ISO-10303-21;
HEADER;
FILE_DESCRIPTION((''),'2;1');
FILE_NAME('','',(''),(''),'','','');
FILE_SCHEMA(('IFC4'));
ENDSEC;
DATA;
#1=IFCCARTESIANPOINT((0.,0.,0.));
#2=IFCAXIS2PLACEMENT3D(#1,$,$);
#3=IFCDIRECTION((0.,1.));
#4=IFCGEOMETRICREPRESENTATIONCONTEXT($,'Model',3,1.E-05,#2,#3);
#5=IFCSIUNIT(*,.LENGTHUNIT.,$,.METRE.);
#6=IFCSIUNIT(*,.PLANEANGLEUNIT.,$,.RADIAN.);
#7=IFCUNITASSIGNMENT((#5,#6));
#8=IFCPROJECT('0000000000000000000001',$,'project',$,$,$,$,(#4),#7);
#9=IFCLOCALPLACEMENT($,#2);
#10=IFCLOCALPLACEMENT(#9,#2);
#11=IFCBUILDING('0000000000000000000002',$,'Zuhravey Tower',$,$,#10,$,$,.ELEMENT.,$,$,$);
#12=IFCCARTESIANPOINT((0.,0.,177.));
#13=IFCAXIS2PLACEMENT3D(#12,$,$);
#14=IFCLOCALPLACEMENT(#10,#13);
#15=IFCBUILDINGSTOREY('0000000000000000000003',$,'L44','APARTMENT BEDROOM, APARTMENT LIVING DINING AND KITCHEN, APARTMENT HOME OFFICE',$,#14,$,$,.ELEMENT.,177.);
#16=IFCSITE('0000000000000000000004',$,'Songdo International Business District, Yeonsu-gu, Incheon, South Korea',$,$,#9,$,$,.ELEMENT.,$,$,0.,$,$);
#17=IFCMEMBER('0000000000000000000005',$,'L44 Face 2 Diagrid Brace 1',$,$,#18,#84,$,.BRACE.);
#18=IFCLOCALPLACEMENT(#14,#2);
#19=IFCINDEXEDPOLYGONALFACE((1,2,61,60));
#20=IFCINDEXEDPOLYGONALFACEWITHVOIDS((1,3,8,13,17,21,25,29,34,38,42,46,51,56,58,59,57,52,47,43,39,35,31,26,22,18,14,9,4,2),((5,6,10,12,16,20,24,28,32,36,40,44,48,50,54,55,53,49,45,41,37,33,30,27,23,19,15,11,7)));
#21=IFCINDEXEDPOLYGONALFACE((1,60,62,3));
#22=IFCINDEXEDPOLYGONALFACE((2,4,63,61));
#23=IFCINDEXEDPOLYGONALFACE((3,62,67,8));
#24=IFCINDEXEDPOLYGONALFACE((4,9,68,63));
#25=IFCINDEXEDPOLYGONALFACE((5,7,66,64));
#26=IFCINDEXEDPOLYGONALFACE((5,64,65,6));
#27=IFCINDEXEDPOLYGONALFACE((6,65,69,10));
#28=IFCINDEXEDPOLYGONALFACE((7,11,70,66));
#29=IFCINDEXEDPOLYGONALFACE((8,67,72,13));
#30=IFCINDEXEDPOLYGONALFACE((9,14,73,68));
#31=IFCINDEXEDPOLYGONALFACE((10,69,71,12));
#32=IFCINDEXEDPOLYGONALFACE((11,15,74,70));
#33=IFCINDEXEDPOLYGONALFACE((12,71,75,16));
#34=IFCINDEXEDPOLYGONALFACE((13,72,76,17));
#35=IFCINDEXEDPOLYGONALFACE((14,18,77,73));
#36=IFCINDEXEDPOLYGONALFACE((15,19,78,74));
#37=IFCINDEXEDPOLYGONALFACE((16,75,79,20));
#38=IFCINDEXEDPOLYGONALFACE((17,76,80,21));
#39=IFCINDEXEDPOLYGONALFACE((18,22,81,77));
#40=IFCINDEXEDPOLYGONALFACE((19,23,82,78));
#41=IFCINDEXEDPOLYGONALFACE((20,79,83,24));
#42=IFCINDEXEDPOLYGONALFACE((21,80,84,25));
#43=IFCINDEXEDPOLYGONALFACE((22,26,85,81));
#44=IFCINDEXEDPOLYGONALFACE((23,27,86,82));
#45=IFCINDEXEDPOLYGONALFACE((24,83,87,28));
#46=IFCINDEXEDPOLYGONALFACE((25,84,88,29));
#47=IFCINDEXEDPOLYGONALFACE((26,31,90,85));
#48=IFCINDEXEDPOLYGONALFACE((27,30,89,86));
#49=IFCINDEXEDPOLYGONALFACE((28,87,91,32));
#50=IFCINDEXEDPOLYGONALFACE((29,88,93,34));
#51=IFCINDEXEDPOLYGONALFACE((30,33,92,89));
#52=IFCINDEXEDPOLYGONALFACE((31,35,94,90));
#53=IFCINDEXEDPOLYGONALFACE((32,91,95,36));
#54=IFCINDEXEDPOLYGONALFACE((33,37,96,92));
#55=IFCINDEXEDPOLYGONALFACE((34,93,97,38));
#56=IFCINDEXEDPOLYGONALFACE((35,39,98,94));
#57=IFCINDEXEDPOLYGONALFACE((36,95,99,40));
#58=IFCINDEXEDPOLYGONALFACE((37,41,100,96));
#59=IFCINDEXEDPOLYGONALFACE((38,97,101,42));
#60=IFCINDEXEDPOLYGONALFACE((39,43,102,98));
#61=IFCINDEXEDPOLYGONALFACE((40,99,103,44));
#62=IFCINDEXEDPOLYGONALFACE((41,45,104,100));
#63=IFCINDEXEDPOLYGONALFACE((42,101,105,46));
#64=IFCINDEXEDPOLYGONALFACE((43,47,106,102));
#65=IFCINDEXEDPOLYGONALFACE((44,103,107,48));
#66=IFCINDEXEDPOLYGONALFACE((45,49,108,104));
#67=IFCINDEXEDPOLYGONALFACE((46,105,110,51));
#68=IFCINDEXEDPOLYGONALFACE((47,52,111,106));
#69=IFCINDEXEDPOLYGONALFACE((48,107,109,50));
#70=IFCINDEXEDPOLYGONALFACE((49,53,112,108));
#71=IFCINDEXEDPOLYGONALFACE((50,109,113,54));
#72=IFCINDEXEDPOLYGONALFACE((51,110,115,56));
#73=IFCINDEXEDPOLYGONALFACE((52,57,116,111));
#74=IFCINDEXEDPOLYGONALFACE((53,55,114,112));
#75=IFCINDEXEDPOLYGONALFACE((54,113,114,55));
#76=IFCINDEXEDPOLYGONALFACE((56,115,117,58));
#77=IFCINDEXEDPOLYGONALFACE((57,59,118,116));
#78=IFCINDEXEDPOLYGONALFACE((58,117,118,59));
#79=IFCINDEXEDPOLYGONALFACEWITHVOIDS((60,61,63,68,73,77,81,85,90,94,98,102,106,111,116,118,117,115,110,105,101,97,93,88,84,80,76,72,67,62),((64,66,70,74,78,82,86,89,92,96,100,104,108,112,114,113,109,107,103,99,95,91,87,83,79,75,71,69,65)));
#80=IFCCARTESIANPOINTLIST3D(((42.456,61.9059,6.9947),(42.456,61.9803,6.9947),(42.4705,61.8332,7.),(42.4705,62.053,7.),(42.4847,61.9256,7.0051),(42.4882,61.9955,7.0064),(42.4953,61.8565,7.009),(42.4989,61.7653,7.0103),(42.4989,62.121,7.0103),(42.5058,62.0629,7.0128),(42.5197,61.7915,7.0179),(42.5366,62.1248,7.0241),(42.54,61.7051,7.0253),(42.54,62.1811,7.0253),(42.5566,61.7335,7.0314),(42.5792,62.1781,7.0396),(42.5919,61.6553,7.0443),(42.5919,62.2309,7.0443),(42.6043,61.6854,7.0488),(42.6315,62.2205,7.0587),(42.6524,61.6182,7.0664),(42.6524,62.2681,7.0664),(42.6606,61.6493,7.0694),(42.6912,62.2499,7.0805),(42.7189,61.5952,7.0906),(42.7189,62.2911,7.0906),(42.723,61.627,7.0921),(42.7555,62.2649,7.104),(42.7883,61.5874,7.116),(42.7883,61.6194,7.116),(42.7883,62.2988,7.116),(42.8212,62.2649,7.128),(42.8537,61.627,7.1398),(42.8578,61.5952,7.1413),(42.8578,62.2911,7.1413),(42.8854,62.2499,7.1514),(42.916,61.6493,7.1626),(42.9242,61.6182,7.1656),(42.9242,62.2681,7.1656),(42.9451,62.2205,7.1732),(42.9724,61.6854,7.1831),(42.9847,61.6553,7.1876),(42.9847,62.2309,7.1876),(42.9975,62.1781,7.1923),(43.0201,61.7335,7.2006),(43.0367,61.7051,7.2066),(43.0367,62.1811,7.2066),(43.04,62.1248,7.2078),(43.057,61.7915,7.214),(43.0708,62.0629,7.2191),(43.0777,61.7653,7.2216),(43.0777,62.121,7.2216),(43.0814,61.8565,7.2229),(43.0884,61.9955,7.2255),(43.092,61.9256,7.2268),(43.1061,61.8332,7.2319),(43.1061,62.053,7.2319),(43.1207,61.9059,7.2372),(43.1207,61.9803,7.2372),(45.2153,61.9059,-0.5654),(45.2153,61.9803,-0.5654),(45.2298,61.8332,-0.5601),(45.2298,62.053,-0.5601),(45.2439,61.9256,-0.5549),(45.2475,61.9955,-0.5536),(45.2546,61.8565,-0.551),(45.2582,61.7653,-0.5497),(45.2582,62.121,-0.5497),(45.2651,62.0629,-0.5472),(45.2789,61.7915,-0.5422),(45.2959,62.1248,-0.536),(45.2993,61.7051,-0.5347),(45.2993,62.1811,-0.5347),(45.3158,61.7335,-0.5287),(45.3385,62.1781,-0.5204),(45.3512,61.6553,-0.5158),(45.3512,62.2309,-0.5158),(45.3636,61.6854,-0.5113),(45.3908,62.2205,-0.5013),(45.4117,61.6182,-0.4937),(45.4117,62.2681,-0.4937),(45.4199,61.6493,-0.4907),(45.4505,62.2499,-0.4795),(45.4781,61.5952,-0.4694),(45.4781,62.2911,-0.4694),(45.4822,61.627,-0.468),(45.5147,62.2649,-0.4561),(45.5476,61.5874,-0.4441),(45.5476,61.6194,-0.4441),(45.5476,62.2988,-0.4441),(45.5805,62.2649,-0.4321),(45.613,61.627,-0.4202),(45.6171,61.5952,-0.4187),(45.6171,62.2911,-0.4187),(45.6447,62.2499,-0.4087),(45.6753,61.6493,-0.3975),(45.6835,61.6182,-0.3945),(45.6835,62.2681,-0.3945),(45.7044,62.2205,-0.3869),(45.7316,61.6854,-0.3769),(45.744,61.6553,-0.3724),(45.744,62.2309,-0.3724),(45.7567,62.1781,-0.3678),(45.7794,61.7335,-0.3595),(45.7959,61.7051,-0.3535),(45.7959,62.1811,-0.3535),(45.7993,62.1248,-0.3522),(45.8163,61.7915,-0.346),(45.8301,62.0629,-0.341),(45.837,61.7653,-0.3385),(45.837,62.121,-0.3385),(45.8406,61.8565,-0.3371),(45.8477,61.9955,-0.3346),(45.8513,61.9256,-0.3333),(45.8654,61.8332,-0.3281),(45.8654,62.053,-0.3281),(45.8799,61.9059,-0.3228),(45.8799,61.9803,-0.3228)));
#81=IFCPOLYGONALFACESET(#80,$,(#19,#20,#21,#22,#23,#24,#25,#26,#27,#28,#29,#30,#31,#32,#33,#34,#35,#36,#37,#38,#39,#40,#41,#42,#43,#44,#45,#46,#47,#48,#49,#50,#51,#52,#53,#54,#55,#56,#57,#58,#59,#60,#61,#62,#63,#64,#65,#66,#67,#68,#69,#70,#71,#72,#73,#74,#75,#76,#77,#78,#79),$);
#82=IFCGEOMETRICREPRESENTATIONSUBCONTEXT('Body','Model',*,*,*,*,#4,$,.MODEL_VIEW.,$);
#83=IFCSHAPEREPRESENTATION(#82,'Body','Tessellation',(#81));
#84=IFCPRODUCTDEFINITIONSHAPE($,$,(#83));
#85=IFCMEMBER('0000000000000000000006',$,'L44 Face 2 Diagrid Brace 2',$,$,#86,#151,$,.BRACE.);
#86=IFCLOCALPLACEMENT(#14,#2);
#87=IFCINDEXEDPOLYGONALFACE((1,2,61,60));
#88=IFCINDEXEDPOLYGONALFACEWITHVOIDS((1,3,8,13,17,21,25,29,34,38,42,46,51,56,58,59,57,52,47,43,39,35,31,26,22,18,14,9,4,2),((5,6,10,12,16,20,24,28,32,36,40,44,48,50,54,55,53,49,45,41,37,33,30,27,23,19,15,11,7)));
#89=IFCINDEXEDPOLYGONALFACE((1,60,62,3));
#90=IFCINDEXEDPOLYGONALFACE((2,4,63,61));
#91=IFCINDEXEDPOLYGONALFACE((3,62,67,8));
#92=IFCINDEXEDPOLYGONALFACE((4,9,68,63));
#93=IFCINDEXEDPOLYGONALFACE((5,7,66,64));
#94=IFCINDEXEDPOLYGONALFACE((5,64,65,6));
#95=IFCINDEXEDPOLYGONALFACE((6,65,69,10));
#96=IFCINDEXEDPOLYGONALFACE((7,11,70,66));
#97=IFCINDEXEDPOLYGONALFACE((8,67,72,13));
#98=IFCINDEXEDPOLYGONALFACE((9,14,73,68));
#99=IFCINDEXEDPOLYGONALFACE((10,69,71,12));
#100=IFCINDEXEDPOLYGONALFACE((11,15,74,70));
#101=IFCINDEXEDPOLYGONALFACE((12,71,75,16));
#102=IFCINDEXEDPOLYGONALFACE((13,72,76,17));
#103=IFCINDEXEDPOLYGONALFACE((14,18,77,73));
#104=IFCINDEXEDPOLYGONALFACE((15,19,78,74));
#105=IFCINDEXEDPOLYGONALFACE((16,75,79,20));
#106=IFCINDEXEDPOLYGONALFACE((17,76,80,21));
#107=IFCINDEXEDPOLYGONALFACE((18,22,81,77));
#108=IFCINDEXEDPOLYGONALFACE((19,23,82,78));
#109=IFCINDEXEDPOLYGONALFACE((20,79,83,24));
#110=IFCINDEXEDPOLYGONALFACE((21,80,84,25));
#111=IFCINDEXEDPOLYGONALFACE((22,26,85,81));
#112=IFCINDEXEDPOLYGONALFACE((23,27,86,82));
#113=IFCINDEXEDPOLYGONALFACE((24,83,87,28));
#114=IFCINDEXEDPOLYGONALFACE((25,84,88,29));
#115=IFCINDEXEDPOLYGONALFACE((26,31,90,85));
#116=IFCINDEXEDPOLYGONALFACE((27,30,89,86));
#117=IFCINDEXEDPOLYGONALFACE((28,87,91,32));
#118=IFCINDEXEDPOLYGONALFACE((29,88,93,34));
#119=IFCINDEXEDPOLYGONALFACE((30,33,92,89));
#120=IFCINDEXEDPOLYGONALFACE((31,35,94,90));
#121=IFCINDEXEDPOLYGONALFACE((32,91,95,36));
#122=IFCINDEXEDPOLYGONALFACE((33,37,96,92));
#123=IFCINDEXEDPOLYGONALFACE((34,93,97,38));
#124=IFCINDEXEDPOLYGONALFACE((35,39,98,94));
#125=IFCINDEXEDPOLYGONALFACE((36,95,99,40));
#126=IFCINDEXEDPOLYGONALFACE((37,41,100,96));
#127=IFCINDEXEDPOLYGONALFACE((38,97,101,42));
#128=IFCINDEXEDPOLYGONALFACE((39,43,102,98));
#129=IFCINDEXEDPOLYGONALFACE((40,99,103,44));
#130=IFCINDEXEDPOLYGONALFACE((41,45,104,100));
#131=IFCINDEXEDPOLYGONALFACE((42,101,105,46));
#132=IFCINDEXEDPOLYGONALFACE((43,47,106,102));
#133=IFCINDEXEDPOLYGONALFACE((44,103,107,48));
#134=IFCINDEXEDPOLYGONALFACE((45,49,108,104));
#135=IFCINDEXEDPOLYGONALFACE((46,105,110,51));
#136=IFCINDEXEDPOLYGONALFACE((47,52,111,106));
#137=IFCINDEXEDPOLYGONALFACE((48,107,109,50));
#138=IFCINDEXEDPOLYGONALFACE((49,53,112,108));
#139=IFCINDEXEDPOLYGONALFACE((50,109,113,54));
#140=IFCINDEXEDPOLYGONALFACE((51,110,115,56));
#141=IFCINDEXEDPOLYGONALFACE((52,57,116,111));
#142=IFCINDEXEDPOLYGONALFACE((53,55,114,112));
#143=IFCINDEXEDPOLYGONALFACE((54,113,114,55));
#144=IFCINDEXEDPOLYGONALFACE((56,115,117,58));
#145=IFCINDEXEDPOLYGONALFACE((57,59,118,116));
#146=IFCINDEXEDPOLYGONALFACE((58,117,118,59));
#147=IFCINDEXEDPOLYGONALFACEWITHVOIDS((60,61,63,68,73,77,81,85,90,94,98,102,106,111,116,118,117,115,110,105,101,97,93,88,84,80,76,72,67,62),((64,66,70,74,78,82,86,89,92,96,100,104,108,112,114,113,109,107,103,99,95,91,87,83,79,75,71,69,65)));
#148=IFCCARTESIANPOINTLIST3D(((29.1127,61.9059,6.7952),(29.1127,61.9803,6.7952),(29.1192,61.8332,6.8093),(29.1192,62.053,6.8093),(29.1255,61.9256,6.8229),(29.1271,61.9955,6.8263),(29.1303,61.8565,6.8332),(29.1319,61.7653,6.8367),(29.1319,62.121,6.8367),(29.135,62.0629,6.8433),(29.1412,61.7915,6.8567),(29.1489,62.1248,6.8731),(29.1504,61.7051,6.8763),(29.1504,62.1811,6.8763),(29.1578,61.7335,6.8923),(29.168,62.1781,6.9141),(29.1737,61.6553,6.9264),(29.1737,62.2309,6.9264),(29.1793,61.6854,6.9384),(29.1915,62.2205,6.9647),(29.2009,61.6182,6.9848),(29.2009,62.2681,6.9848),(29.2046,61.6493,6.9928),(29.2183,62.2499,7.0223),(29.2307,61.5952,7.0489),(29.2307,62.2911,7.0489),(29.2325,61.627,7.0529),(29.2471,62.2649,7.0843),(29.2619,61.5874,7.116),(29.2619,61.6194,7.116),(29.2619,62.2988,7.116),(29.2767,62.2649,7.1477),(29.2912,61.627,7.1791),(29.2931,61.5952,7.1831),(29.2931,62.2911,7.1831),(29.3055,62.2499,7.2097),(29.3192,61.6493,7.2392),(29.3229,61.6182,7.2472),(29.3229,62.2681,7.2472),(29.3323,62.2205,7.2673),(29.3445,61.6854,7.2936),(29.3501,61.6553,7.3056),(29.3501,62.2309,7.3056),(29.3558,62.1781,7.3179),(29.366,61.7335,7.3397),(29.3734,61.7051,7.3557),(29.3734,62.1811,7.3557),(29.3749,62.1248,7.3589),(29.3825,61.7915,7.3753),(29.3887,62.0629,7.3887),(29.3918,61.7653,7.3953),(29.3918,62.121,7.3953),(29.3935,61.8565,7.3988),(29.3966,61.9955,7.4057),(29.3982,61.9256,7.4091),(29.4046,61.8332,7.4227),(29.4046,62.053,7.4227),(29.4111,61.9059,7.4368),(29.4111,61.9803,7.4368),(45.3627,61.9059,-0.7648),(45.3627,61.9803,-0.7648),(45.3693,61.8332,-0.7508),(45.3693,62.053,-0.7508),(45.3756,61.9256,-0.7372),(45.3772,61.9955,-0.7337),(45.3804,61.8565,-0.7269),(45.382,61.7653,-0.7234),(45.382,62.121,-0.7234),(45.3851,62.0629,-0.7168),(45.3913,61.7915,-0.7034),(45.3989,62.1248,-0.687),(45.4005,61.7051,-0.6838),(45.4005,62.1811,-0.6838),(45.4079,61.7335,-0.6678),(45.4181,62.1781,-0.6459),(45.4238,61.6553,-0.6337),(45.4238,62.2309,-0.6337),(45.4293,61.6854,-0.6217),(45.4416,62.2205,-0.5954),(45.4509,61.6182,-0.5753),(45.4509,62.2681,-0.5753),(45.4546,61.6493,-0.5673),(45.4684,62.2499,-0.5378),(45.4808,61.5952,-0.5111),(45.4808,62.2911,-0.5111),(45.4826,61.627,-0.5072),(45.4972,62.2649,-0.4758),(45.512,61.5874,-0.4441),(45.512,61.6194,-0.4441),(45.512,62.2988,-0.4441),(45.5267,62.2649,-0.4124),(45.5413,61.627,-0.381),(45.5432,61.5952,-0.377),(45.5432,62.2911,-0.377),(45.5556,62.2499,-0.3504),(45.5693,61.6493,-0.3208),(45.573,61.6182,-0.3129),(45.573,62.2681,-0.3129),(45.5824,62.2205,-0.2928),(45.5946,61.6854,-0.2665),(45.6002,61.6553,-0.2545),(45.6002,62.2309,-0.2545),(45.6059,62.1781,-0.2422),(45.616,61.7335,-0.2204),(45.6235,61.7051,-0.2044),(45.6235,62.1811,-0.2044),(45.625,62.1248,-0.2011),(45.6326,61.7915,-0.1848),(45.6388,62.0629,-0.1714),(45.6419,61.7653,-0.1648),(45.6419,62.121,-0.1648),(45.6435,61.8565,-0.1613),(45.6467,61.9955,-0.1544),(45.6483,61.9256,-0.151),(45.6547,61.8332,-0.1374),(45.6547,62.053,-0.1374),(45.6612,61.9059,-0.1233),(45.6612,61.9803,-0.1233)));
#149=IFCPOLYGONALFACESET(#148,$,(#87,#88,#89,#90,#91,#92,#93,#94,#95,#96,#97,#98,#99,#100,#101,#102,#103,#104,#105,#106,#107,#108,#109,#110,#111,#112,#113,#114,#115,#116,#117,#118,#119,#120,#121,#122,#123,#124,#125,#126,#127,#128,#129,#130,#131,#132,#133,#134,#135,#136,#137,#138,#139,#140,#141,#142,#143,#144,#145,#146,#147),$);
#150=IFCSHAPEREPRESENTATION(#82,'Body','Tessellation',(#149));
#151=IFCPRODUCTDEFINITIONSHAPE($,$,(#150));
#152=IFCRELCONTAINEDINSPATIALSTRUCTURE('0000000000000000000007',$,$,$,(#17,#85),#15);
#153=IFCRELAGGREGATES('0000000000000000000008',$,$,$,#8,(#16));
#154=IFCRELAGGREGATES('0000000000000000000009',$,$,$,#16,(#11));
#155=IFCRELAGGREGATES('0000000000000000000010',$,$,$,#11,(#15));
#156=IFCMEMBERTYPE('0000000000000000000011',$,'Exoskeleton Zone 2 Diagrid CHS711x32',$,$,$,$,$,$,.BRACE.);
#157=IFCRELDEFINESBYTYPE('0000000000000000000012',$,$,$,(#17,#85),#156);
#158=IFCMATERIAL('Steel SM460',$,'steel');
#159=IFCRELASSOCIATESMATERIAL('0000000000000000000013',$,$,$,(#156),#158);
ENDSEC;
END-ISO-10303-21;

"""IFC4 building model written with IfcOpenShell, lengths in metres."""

from ifc_helpers import new_model, si_unit, direction, frame, origin, origin_2d, place, context, subcontext, project, spatial, hollow_circle, extrude, material, material_profile, profile_set, type_object, element, save


model = new_model("IFC4")

# Units and contexts
model_context = context("Model", 3, precision=1e-05, world=origin(), true_north=direction((0.0, 1.0)))
body_context = subcontext(model_context, "Body", "Model", "MODEL_VIEW")
ifc_project = project(units=[si_unit("LENGTHUNIT", "METRE"), si_unit("PLANEANGLEUNIT", "RADIAN")], contexts=[model_context])

# Site, building, storey
site_placement = place(None, origin())
site = spatial("IfcSite", under=ifc_project, at=site_placement, Name="Songdo International Business District, Yeonsu-gu, Incheon, South Korea", CompositionType="ELEMENT", RefElevation=0.0)
building_placement = place(site_placement, origin())
building = spatial("IfcBuilding", under=site, at=building_placement, Name="Zuhravey Tower", CompositionType="ELEMENT")
storey_placement = place(building_placement, frame((0.0, 0.0, 177.0)))
storey = spatial("IfcBuildingStorey", under=building, at=storey_placement, Name="L44", Description="APARTMENT BEDROOM, APARTMENT LIVING DINING AND KITCHEN, APARTMENT HOME OFFICE", CompositionType="ELEMENT", Elevation=177.0)

# Members
ifc_material_1 = material(Name="Steel SM460", Category="steel")
ifc_material_profile_1 = material_profile(ifc_material_1, hollow_circle(Radius=0.3557, WallThickness=0.032, at=origin_2d()), Name="CHS-711.2x32")
ifc_profile_set_1 = profile_set([ifc_material_profile_1], Name="Steel SM460")
member_type_1 = type_object("IfcMemberType", Name="Exoskeleton Zone 2 Diagrid CHS711x32", PredefinedType="BRACE", material=ifc_profile_set_1)
member_1_placement = place(storey_placement, frame((45.5476, 61.9431, -0.4441), z_axis=(-0.342858, 0.0, 0.939387), x_axis=(0.0, -1.0, 0.0)))
element("IfcMember", 1, at=member_1_placement, inside=storey, type_object=member_type_1, Name="L44 Face 2 Diagrid Brace 1", PredefinedType="BRACE", context=body_context, shape_type="SweptSolid", body=[
    extrude(hollow_circle(Radius=0.3557, WallThickness=0.032, at=origin_2d()), origin(), (0.0, 0.0, 1.0), 8.0479),
])
member_2_placement = place(storey_placement, frame((45.512, 61.9431, -0.4441), z_axis=(-0.90668, 0.0, 0.421819), x_axis=(0.0, -1.0, 0.0)))
element("IfcMember", 2, at=member_2_placement, inside=storey, type_object=member_type_1, Name="L44 Face 2 Diagrid Brace 2", PredefinedType="BRACE", context=body_context, shape_type="SweptSolid", body=[
    extrude(hollow_circle(Radius=0.3557, WallThickness=0.032, at=origin_2d()), origin(), (0.0, 0.0, 1.0), 17.9226),
])

save(model, "model.ifc")
